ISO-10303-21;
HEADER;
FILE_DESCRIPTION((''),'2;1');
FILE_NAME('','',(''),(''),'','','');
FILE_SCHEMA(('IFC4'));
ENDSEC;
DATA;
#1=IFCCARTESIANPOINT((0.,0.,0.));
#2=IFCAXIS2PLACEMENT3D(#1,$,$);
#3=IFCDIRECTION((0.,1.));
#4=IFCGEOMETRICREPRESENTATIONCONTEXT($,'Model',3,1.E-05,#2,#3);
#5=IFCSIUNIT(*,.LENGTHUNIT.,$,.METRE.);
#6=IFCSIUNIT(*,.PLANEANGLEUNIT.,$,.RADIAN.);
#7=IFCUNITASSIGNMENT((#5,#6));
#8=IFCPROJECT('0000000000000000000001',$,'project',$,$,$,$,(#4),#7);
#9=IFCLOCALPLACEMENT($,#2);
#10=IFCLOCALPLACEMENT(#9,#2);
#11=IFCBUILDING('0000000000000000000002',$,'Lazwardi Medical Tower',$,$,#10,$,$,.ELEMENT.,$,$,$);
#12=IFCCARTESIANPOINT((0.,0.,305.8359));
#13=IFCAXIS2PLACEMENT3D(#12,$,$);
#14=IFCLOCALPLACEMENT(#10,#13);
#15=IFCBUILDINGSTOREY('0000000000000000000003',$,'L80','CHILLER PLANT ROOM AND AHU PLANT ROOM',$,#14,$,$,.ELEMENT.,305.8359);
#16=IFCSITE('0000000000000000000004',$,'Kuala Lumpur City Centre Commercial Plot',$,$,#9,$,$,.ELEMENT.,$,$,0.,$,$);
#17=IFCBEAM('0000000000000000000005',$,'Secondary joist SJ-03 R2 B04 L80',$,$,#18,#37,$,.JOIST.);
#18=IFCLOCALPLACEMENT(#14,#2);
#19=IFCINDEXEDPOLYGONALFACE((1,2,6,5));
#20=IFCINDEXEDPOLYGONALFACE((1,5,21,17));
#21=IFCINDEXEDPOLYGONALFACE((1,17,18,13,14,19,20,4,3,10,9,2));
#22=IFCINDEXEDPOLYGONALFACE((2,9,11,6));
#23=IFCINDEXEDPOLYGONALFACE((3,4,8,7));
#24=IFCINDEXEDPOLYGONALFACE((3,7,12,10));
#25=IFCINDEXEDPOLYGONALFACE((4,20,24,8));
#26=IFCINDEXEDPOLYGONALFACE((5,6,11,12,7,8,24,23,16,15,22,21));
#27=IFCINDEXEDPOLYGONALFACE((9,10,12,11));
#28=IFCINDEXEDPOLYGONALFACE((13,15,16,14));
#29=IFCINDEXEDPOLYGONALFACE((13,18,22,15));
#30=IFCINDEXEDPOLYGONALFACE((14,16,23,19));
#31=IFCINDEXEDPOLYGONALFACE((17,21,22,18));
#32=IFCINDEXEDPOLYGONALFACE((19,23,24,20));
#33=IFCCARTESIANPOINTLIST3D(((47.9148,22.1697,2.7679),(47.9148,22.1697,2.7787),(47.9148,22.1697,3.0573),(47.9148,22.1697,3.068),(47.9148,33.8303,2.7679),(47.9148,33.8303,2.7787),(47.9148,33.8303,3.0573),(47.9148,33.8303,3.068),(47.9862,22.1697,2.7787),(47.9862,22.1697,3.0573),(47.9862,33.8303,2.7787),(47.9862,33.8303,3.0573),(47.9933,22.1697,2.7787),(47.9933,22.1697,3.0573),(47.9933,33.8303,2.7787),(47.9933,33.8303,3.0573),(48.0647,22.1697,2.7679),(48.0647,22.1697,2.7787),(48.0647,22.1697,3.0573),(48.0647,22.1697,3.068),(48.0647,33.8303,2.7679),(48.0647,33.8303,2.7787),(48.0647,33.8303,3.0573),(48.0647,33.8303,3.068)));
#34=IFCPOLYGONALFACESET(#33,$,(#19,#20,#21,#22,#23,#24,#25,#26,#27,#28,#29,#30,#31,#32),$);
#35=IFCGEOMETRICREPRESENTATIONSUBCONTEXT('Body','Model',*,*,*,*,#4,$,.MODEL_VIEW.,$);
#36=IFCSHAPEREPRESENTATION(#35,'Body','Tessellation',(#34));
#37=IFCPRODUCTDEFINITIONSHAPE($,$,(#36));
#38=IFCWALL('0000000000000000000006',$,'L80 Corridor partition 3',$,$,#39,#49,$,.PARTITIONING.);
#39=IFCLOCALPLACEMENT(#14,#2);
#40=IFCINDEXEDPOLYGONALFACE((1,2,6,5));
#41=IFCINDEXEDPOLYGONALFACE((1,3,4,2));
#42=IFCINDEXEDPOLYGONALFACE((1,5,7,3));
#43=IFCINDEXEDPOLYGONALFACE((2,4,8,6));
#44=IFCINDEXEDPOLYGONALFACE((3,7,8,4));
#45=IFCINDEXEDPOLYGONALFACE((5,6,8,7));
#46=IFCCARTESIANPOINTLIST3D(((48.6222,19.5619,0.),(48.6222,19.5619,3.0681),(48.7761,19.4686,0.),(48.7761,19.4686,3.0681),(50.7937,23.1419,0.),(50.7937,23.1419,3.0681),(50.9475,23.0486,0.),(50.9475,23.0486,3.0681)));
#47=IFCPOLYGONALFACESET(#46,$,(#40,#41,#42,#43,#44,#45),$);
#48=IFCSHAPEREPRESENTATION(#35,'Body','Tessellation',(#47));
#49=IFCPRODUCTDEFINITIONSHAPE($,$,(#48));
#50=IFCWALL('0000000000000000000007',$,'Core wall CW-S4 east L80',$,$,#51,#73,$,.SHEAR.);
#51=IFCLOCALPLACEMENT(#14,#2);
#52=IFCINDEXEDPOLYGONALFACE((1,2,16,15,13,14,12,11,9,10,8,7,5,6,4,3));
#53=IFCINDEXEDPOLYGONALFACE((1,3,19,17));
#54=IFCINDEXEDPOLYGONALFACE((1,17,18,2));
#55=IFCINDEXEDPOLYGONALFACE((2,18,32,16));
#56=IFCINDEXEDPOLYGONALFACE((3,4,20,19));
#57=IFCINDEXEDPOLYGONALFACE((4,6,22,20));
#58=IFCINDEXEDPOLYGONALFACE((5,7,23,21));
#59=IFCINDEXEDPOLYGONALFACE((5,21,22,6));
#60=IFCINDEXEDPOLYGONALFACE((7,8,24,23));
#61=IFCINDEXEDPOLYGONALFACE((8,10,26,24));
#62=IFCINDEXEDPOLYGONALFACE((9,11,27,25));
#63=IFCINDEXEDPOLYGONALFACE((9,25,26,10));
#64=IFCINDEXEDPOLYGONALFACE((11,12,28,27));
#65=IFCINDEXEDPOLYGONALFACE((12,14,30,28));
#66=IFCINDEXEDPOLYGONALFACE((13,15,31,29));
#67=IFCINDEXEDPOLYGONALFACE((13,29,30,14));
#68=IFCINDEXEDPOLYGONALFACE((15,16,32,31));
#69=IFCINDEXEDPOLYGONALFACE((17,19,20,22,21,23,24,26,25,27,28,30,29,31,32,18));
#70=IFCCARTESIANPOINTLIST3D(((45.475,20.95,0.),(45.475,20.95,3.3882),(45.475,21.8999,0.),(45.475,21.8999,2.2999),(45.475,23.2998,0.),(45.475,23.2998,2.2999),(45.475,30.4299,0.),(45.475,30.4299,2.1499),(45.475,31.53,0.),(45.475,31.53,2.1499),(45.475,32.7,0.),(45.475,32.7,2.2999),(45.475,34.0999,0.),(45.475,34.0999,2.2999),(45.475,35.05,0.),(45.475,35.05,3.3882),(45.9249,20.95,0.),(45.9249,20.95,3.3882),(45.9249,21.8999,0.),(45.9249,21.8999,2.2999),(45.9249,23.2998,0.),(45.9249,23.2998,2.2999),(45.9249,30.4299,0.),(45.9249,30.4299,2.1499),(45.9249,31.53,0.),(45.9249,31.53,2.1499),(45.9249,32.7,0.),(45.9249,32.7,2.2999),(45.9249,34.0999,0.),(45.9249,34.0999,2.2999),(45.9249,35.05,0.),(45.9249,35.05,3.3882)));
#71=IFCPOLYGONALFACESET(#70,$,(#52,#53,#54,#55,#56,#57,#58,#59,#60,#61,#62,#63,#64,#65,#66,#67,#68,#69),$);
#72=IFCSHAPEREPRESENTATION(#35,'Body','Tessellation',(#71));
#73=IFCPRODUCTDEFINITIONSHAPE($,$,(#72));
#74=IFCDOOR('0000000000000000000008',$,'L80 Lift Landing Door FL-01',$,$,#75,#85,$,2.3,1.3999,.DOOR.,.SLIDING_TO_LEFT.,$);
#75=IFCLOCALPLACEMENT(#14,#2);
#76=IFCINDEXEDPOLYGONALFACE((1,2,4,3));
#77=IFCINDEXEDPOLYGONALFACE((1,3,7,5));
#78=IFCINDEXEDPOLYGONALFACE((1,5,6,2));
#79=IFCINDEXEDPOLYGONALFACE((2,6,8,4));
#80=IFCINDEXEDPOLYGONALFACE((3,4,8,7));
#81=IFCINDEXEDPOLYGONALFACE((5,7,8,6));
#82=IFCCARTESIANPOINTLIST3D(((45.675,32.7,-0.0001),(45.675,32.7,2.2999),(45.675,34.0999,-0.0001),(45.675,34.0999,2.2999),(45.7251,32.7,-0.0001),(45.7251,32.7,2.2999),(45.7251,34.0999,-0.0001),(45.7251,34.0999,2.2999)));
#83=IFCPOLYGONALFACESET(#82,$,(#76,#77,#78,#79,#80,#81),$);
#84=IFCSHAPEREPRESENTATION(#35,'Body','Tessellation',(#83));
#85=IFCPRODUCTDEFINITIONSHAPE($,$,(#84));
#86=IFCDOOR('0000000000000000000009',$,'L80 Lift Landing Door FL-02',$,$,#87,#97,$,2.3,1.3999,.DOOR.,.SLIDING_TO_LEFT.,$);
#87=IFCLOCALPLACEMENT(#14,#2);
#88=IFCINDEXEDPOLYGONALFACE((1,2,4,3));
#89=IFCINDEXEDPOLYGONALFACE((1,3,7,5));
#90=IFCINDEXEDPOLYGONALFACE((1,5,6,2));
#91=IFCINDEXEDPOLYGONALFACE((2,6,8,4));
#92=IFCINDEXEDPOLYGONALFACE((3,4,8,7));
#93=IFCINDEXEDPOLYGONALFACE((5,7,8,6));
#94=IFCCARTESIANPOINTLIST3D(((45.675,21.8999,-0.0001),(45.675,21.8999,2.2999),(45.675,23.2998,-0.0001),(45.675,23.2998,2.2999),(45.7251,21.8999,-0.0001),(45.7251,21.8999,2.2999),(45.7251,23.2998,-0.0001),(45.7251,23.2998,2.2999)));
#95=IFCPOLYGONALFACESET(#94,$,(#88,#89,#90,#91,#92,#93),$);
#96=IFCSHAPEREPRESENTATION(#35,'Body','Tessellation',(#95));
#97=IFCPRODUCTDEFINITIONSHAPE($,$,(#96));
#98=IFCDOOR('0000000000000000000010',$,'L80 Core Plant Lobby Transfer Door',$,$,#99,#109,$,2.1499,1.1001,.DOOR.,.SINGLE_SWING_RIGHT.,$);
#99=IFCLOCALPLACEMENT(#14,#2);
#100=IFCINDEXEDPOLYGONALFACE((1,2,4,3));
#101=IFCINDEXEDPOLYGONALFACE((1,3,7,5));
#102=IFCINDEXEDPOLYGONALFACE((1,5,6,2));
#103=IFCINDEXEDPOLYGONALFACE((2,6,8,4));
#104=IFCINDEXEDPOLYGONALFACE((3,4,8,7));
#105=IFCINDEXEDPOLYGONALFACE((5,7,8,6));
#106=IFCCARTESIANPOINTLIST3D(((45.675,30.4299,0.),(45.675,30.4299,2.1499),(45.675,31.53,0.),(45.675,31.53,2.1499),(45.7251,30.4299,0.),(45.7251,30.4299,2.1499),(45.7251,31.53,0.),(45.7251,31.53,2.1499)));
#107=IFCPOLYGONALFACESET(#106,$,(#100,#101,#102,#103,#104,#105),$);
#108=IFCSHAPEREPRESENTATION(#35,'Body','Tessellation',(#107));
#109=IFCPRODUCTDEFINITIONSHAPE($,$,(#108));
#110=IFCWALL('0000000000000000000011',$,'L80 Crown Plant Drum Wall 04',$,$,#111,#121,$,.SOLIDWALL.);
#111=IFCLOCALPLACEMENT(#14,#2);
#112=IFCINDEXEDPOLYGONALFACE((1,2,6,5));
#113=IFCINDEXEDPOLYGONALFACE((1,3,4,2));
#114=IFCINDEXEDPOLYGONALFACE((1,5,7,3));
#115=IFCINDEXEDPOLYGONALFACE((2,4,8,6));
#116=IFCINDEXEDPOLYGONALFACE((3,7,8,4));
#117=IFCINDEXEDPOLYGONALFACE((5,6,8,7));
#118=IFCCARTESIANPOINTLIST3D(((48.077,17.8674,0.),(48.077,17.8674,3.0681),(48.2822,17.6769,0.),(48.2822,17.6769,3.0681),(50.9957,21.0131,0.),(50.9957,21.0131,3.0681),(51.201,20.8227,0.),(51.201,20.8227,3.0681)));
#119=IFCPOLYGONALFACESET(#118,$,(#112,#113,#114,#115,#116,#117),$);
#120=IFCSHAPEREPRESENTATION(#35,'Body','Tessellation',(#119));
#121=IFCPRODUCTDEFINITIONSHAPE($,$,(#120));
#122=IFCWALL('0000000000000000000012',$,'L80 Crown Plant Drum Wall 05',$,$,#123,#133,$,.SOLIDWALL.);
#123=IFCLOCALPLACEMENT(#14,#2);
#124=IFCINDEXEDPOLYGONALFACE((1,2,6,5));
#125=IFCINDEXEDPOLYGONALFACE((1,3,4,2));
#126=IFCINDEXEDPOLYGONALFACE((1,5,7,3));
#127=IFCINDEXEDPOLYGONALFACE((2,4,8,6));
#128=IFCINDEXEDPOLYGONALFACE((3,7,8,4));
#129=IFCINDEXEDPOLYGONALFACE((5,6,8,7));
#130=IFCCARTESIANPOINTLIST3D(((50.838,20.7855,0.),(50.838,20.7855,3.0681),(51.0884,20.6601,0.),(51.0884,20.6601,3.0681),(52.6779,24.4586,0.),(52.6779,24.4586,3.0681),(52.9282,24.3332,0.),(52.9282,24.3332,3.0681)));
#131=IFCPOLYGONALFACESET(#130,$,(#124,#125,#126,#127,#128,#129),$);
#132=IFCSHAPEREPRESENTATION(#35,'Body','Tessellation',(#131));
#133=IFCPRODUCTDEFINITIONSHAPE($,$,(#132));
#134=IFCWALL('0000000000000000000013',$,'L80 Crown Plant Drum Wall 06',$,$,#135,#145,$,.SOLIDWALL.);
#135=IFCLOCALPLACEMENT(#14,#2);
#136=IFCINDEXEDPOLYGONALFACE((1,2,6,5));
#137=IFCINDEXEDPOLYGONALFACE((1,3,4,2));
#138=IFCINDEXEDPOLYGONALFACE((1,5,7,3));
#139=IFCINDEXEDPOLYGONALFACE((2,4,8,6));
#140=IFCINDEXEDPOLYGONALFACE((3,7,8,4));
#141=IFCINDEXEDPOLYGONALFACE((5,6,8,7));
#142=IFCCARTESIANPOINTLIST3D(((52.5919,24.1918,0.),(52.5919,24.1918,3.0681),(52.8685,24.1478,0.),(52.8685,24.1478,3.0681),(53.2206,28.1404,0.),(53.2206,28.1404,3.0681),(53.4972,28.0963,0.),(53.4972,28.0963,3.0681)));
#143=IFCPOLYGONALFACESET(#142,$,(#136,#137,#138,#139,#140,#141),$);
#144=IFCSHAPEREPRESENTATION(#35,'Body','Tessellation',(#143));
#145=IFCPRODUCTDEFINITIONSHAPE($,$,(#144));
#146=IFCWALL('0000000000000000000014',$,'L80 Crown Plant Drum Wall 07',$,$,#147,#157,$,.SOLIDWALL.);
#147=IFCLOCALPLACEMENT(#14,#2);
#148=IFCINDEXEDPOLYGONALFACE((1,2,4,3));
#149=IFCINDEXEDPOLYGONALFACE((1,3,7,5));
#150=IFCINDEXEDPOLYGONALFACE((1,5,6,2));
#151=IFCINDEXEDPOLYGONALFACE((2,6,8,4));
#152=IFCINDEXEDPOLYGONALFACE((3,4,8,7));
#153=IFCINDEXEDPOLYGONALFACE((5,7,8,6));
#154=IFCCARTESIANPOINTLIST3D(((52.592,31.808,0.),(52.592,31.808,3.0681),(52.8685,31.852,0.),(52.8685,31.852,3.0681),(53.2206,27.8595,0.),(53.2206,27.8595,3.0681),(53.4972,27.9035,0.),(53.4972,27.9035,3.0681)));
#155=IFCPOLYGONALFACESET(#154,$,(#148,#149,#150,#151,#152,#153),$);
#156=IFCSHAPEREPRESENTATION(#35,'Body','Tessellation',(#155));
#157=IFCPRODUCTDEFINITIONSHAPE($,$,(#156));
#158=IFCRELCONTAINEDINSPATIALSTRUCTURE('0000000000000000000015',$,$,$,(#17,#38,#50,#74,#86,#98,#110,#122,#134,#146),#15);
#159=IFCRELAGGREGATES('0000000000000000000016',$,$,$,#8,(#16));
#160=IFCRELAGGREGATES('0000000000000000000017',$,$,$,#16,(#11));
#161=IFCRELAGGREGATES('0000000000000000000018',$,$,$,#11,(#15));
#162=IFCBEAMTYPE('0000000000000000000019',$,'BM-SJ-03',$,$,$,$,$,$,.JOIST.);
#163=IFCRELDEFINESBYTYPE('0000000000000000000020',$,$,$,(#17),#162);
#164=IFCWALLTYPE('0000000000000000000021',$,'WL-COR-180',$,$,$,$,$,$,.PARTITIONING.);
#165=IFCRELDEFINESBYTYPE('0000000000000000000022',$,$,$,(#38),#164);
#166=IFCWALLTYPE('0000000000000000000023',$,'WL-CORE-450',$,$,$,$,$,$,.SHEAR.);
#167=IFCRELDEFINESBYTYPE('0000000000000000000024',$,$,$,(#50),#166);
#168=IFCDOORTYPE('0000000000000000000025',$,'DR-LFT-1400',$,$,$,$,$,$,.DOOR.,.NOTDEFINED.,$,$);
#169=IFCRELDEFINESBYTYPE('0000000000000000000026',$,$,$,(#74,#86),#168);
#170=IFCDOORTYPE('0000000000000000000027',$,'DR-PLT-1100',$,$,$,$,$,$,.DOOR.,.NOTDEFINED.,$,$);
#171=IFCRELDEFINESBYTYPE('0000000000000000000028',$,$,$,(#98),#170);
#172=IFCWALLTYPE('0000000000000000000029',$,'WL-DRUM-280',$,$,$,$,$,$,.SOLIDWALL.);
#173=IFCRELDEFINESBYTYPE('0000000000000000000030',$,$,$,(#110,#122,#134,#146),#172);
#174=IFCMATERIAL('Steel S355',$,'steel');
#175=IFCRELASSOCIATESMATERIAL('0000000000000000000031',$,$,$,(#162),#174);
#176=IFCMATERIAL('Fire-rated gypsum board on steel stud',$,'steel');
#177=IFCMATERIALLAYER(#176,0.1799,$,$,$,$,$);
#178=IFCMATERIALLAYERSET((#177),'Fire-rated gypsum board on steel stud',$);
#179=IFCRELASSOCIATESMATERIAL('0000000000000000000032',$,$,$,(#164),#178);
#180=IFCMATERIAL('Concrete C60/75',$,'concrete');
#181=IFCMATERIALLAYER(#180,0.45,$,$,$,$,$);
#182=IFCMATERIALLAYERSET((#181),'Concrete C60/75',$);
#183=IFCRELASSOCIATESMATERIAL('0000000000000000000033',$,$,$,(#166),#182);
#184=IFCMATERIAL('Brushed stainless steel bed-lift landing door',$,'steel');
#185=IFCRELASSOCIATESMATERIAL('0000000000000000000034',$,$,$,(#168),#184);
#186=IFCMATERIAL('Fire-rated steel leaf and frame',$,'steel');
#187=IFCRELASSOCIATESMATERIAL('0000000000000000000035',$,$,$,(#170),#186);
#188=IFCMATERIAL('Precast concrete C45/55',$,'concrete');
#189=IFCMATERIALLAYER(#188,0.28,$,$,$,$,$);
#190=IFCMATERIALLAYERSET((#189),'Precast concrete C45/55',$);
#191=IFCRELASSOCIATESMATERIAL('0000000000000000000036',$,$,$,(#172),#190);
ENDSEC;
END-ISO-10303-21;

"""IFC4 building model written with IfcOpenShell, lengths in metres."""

from ifc_helpers import new_model, si_unit, direction, frame, frame_2d, origin, origin_2d, place, context, subcontext, project, spatial, rectangle, i_section, extrude, material, layer, layer_set, material_profile, profile_set, type_object, element, fill, save


model = new_model("IFC4")

# Units and contexts
model_context = context("Model", 3, precision=1e-05, world=origin(), true_north=direction((0.0, 1.0)))
body_context = subcontext(model_context, "Body", "Model", "MODEL_VIEW")
ifc_project = project(units=[si_unit("LENGTHUNIT", "METRE"), si_unit("PLANEANGLEUNIT", "RADIAN")], contexts=[model_context])

# Site, building, storey
site_placement = place(None, origin())
site = spatial("IfcSite", under=ifc_project, at=site_placement, Name="Kuala Lumpur City Centre Commercial Plot", CompositionType="ELEMENT", RefElevation=0.0)
building_placement = place(site_placement, origin())
building = spatial("IfcBuilding", under=site, at=building_placement, Name="Lazwardi Medical Tower", CompositionType="ELEMENT")
storey_placement = place(building_placement, frame((0.0, 0.0, 305.8359)))
storey = spatial("IfcBuildingStorey", under=building, at=storey_placement, Name="L80", Description="CHILLER PLANT ROOM AND AHU PLANT ROOM", CompositionType="ELEMENT", Elevation=305.8359)

# Shared definitions
ifc_material_1 = material(Name="Concrete C60/75", Category="concrete")

# Beam
ifc_material_2 = material(Name="Steel S355", Category="steel")
ifc_material_profile_1 = material_profile(ifc_material_2, i_section(OverallWidth=0.1499, OverallDepth=0.3, WebThickness=0.0071, FlangeThickness=0.0107, at=origin_2d()), Name="IPE 300")
ifc_profile_set_1 = profile_set([ifc_material_profile_1], Name="Steel S355")
beam_type_1 = type_object("IfcBeamType", Name="BM-SJ-03", PredefinedType="JOIST", material=ifc_profile_set_1)
beam_1_placement = place(storey_placement, frame((47.9897, 22.1697, 2.918), z_axis=(0.0, 1.0, 0.0), x_axis=(-1.0, 0.0, 0.0)))
element("IfcBeam", 1, at=beam_1_placement, inside=storey, type_object=beam_type_1, Name="Secondary joist SJ-03 R2 B04 L80", PredefinedType="JOIST", context=body_context, shape_type="SweptSolid", body=[
    extrude(i_section(OverallWidth=0.1499, OverallDepth=0.3, WebThickness=0.0071, FlangeThickness=0.0107, at=origin_2d()), origin(), (0.0, 0.0, 1.0), 11.6606),
])

# Wall
ifc_material_3 = material(Name="Fire-rated gypsum board on steel stud", Category="steel")
ifc_layer_1 = layer(ifc_material_3, 0.1799)
ifc_layer_set_1 = layer_set([ifc_layer_1], Name="Fire-rated gypsum board on steel stud")
wall_type_1 = type_object("IfcWallType", Name="WL-COR-180", PredefinedType="PARTITIONING", material=ifc_layer_set_1)
wall_1_placement = place(storey_placement, frame((50.8706, 23.0952, 0.0), z_axis=(0.0, 0.0, 1.0), x_axis=(-0.518614, -0.855008, 0.0)))
element("IfcWall", 2, at=wall_1_placement, inside=storey, type_object=wall_type_1, Name="L80 Corridor partition 3", PredefinedType="PARTITIONING", context=body_context, shape_type="SweptSolid", body=[
    extrude(rectangle(XDim=4.187, YDim=0.1799, at=frame_2d((2.0935, 0.0))), origin(), (0.0, 0.0, 1.0), 3.0681),
])

# Wall, openings, doors
ifc_layer_2 = layer(ifc_material_1, 0.45)
ifc_layer_set_2 = layer_set([ifc_layer_2], Name="Concrete C60/75")
wall_type_2 = type_object("IfcWallType", Name="WL-CORE-450", PredefinedType="SHEAR", material=ifc_layer_set_2)
wall_2_placement = place(storey_placement, frame((45.7, 20.95, 0.0), z_axis=(0.0, 0.0, 1.0), x_axis=(0.0, 1.0, 0.0)))
wall_2 = element("IfcWall", 3, at=wall_2_placement, inside=storey, type_object=wall_type_2, Name="Core wall CW-S4 east L80", PredefinedType="SHEAR", context=body_context, shape_type="SweptSolid", body=[
    extrude(rectangle(XDim=14.1001, YDim=0.45, at=frame_2d((7.05, 0.0))), origin(), (0.0, 0.0, 1.0), 3.3882),
])
opening_1_placement = place(wall_2_placement, frame((11.75, 0.0, 0.0)))
opening_1 = element("IfcOpeningElement", 4, at=opening_1_placement, cuts=wall_2, PredefinedType="OPENING", context=body_context, shape_type="SweptSolid", body=[
    extrude(rectangle(XDim=1.3999, YDim=2.3, at=frame_2d((0.7, 1.1499))), frame((0.0, 0.2349, 0.0), z_axis=(0.0, -1.0, 0.0), x_axis=(1.0, 0.0, 0.0)), (0.0, 0.0, 1.0), 0.47),
])
opening_2_placement = place(wall_2_placement, frame((0.95, 0.0, 0.0)))
opening_2 = element("IfcOpeningElement", 5, at=opening_2_placement, cuts=wall_2, PredefinedType="OPENING", context=body_context, shape_type="SweptSolid", body=[
    extrude(rectangle(XDim=1.3999, YDim=2.3, at=frame_2d((0.7, 1.1499))), frame((0.0, 0.2349, 0.0), z_axis=(0.0, -1.0, 0.0), x_axis=(1.0, 0.0, 0.0)), (0.0, 0.0, 1.0), 0.47),
])
opening_3_placement = place(wall_2_placement, frame((9.48, 0.0, 0.0)))
opening_3 = element("IfcOpeningElement", 6, at=opening_3_placement, cuts=wall_2, PredefinedType="OPENING", context=body_context, shape_type="SweptSolid", body=[
    extrude(rectangle(XDim=1.1001, YDim=2.1499, at=frame_2d((0.55, 1.075))), frame((0.0, 0.2349, 0.0), z_axis=(0.0, -1.0, 0.0), x_axis=(1.0, 0.0, 0.0)), (0.0, 0.0, 1.0), 0.47),
])
ifc_material_4 = material(Name="Brushed stainless steel bed-lift landing door", Category="steel")
door_type_1 = type_object("IfcDoorType", Name="DR-LFT-1400", OperationType="NOTDEFINED", PredefinedType="DOOR", material=ifc_material_4)
door_1_placement = place(opening_1_placement, origin())
door_1 = element("IfcDoor", 7, at=door_1_placement, inside=storey, type_object=door_type_1, Name="L80 Lift Landing Door FL-01", OperationType="SLIDING_TO_LEFT", OverallHeight=2.3, OverallWidth=1.3999, PredefinedType="DOOR", context=body_context, shape_type="SweptSolid", body=[
    extrude(rectangle(XDim=1.3999, YDim=2.3, at=frame_2d((0.7, 1.1499))), frame((0.0, 0.0249, 0.0), z_axis=(0.0, -1.0, 0.0), x_axis=(1.0, 0.0, 0.0)), (0.0, 0.0, 1.0), 0.05),
])
fill(opening_1, door_1)
door_2_placement = place(opening_2_placement, origin())
door_2 = element("IfcDoor", 8, at=door_2_placement, inside=storey, type_object=door_type_1, Name="L80 Lift Landing Door FL-02", OperationType="SLIDING_TO_LEFT", OverallHeight=2.3, OverallWidth=1.3999, PredefinedType="DOOR", context=body_context, shape_type="SweptSolid", body=[
    extrude(rectangle(XDim=1.3999, YDim=2.3, at=frame_2d((0.7, 1.1499))), frame((0.0, 0.0249, 0.0), z_axis=(0.0, -1.0, 0.0), x_axis=(1.0, 0.0, 0.0)), (0.0, 0.0, 1.0), 0.05),
])
fill(opening_2, door_2)
ifc_material_5 = material(Name="Fire-rated steel leaf and frame", Category="steel")
door_type_2 = type_object("IfcDoorType", Name="DR-PLT-1100", OperationType="NOTDEFINED", PredefinedType="DOOR", material=ifc_material_5)
door_3_placement = place(opening_3_placement, origin())
door_3 = element("IfcDoor", 9, at=door_3_placement, inside=storey, type_object=door_type_2, Name="L80 Core Plant Lobby Transfer Door", OperationType="SINGLE_SWING_RIGHT", OverallHeight=2.1499, OverallWidth=1.1001, PredefinedType="DOOR", context=body_context, shape_type="SweptSolid", body=[
    extrude(rectangle(XDim=1.1001, YDim=2.1499, at=frame_2d((0.55, 1.075))), frame((0.0, 0.0249, 0.0), z_axis=(0.0, -1.0, 0.0), x_axis=(1.0, 0.0, 0.0)), (0.0, 0.0, 1.0), 0.05),
])
fill(opening_3, door_3)

# Walls
ifc_material_6 = material(Name="Precast concrete C45/55", Category="concrete")
ifc_layer_3 = layer(ifc_material_6, 0.28)
ifc_layer_set_3 = layer_set([ifc_layer_3], Name="Precast concrete C45/55")
wall_type_3 = type_object("IfcWallType", Name="WL-DRUM-280", PredefinedType="SOLIDWALL", material=ifc_layer_set_3)
wall_3_placement = place(storey_placement, frame((48.1797, 17.7722, 0.0), z_axis=(0.0, 0.0, 1.0), x_axis=(0.680156, 0.733067, 0.0)))
element("IfcWall", 10, at=wall_3_placement, inside=storey, type_object=wall_type_3, Name="L80 Crown Plant Drum Wall 04", PredefinedType="SOLIDWALL", context=body_context, shape_type="SweptSolid", body=[
    extrude(rectangle(XDim=4.2913, YDim=0.28, at=frame_2d((2.1455, 0.0))), origin(), (0.0, 0.0, 1.0), 3.0681),
])
wall_4_placement = place(storey_placement, frame((50.9631, 20.7227, 0.0), z_axis=(0.0, 0.0, 1.0), x_axis=(0.447855, 0.894106, 0.0)))
element("IfcWall", 11, at=wall_4_placement, inside=storey, type_object=wall_type_3, Name="L80 Crown Plant Drum Wall 05", PredefinedType="SOLIDWALL", context=body_context, shape_type="SweptSolid", body=[
    extrude(rectangle(XDim=4.1082, YDim=0.28, at=frame_2d((2.0542, 0.0))), origin(), (0.0, 0.0, 1.0), 3.0681),
])
for number, where, z_axis, x_axis, name in (
    (12, (52.7302, 24.1699, 0.0), (0.0, 0.0, 1.0), (0.157236, 0.987561, 0.0), "L80 Crown Plant Drum Wall 06"),
    (13, (53.3589, 27.8816, 0.0), (0.0, 0.0, 1.0), (-0.157236, 0.987561, 0.0), "L80 Crown Plant Drum Wall 07"),
):
    element("IfcWall", number, at=place(storey_placement, frame(where, z_axis=z_axis, x_axis=x_axis)), inside=storey, type_object=wall_type_3, Name=name, PredefinedType="SOLIDWALL", context=body_context, shape_type="SweptSolid", body=[
        extrude(rectangle(XDim=3.9983, YDim=0.28, at=frame_2d((1.999, 0.0))), origin(), (0.0, 0.0, 1.0), 3.0681),
    ])

save(model, "model.ifc")
